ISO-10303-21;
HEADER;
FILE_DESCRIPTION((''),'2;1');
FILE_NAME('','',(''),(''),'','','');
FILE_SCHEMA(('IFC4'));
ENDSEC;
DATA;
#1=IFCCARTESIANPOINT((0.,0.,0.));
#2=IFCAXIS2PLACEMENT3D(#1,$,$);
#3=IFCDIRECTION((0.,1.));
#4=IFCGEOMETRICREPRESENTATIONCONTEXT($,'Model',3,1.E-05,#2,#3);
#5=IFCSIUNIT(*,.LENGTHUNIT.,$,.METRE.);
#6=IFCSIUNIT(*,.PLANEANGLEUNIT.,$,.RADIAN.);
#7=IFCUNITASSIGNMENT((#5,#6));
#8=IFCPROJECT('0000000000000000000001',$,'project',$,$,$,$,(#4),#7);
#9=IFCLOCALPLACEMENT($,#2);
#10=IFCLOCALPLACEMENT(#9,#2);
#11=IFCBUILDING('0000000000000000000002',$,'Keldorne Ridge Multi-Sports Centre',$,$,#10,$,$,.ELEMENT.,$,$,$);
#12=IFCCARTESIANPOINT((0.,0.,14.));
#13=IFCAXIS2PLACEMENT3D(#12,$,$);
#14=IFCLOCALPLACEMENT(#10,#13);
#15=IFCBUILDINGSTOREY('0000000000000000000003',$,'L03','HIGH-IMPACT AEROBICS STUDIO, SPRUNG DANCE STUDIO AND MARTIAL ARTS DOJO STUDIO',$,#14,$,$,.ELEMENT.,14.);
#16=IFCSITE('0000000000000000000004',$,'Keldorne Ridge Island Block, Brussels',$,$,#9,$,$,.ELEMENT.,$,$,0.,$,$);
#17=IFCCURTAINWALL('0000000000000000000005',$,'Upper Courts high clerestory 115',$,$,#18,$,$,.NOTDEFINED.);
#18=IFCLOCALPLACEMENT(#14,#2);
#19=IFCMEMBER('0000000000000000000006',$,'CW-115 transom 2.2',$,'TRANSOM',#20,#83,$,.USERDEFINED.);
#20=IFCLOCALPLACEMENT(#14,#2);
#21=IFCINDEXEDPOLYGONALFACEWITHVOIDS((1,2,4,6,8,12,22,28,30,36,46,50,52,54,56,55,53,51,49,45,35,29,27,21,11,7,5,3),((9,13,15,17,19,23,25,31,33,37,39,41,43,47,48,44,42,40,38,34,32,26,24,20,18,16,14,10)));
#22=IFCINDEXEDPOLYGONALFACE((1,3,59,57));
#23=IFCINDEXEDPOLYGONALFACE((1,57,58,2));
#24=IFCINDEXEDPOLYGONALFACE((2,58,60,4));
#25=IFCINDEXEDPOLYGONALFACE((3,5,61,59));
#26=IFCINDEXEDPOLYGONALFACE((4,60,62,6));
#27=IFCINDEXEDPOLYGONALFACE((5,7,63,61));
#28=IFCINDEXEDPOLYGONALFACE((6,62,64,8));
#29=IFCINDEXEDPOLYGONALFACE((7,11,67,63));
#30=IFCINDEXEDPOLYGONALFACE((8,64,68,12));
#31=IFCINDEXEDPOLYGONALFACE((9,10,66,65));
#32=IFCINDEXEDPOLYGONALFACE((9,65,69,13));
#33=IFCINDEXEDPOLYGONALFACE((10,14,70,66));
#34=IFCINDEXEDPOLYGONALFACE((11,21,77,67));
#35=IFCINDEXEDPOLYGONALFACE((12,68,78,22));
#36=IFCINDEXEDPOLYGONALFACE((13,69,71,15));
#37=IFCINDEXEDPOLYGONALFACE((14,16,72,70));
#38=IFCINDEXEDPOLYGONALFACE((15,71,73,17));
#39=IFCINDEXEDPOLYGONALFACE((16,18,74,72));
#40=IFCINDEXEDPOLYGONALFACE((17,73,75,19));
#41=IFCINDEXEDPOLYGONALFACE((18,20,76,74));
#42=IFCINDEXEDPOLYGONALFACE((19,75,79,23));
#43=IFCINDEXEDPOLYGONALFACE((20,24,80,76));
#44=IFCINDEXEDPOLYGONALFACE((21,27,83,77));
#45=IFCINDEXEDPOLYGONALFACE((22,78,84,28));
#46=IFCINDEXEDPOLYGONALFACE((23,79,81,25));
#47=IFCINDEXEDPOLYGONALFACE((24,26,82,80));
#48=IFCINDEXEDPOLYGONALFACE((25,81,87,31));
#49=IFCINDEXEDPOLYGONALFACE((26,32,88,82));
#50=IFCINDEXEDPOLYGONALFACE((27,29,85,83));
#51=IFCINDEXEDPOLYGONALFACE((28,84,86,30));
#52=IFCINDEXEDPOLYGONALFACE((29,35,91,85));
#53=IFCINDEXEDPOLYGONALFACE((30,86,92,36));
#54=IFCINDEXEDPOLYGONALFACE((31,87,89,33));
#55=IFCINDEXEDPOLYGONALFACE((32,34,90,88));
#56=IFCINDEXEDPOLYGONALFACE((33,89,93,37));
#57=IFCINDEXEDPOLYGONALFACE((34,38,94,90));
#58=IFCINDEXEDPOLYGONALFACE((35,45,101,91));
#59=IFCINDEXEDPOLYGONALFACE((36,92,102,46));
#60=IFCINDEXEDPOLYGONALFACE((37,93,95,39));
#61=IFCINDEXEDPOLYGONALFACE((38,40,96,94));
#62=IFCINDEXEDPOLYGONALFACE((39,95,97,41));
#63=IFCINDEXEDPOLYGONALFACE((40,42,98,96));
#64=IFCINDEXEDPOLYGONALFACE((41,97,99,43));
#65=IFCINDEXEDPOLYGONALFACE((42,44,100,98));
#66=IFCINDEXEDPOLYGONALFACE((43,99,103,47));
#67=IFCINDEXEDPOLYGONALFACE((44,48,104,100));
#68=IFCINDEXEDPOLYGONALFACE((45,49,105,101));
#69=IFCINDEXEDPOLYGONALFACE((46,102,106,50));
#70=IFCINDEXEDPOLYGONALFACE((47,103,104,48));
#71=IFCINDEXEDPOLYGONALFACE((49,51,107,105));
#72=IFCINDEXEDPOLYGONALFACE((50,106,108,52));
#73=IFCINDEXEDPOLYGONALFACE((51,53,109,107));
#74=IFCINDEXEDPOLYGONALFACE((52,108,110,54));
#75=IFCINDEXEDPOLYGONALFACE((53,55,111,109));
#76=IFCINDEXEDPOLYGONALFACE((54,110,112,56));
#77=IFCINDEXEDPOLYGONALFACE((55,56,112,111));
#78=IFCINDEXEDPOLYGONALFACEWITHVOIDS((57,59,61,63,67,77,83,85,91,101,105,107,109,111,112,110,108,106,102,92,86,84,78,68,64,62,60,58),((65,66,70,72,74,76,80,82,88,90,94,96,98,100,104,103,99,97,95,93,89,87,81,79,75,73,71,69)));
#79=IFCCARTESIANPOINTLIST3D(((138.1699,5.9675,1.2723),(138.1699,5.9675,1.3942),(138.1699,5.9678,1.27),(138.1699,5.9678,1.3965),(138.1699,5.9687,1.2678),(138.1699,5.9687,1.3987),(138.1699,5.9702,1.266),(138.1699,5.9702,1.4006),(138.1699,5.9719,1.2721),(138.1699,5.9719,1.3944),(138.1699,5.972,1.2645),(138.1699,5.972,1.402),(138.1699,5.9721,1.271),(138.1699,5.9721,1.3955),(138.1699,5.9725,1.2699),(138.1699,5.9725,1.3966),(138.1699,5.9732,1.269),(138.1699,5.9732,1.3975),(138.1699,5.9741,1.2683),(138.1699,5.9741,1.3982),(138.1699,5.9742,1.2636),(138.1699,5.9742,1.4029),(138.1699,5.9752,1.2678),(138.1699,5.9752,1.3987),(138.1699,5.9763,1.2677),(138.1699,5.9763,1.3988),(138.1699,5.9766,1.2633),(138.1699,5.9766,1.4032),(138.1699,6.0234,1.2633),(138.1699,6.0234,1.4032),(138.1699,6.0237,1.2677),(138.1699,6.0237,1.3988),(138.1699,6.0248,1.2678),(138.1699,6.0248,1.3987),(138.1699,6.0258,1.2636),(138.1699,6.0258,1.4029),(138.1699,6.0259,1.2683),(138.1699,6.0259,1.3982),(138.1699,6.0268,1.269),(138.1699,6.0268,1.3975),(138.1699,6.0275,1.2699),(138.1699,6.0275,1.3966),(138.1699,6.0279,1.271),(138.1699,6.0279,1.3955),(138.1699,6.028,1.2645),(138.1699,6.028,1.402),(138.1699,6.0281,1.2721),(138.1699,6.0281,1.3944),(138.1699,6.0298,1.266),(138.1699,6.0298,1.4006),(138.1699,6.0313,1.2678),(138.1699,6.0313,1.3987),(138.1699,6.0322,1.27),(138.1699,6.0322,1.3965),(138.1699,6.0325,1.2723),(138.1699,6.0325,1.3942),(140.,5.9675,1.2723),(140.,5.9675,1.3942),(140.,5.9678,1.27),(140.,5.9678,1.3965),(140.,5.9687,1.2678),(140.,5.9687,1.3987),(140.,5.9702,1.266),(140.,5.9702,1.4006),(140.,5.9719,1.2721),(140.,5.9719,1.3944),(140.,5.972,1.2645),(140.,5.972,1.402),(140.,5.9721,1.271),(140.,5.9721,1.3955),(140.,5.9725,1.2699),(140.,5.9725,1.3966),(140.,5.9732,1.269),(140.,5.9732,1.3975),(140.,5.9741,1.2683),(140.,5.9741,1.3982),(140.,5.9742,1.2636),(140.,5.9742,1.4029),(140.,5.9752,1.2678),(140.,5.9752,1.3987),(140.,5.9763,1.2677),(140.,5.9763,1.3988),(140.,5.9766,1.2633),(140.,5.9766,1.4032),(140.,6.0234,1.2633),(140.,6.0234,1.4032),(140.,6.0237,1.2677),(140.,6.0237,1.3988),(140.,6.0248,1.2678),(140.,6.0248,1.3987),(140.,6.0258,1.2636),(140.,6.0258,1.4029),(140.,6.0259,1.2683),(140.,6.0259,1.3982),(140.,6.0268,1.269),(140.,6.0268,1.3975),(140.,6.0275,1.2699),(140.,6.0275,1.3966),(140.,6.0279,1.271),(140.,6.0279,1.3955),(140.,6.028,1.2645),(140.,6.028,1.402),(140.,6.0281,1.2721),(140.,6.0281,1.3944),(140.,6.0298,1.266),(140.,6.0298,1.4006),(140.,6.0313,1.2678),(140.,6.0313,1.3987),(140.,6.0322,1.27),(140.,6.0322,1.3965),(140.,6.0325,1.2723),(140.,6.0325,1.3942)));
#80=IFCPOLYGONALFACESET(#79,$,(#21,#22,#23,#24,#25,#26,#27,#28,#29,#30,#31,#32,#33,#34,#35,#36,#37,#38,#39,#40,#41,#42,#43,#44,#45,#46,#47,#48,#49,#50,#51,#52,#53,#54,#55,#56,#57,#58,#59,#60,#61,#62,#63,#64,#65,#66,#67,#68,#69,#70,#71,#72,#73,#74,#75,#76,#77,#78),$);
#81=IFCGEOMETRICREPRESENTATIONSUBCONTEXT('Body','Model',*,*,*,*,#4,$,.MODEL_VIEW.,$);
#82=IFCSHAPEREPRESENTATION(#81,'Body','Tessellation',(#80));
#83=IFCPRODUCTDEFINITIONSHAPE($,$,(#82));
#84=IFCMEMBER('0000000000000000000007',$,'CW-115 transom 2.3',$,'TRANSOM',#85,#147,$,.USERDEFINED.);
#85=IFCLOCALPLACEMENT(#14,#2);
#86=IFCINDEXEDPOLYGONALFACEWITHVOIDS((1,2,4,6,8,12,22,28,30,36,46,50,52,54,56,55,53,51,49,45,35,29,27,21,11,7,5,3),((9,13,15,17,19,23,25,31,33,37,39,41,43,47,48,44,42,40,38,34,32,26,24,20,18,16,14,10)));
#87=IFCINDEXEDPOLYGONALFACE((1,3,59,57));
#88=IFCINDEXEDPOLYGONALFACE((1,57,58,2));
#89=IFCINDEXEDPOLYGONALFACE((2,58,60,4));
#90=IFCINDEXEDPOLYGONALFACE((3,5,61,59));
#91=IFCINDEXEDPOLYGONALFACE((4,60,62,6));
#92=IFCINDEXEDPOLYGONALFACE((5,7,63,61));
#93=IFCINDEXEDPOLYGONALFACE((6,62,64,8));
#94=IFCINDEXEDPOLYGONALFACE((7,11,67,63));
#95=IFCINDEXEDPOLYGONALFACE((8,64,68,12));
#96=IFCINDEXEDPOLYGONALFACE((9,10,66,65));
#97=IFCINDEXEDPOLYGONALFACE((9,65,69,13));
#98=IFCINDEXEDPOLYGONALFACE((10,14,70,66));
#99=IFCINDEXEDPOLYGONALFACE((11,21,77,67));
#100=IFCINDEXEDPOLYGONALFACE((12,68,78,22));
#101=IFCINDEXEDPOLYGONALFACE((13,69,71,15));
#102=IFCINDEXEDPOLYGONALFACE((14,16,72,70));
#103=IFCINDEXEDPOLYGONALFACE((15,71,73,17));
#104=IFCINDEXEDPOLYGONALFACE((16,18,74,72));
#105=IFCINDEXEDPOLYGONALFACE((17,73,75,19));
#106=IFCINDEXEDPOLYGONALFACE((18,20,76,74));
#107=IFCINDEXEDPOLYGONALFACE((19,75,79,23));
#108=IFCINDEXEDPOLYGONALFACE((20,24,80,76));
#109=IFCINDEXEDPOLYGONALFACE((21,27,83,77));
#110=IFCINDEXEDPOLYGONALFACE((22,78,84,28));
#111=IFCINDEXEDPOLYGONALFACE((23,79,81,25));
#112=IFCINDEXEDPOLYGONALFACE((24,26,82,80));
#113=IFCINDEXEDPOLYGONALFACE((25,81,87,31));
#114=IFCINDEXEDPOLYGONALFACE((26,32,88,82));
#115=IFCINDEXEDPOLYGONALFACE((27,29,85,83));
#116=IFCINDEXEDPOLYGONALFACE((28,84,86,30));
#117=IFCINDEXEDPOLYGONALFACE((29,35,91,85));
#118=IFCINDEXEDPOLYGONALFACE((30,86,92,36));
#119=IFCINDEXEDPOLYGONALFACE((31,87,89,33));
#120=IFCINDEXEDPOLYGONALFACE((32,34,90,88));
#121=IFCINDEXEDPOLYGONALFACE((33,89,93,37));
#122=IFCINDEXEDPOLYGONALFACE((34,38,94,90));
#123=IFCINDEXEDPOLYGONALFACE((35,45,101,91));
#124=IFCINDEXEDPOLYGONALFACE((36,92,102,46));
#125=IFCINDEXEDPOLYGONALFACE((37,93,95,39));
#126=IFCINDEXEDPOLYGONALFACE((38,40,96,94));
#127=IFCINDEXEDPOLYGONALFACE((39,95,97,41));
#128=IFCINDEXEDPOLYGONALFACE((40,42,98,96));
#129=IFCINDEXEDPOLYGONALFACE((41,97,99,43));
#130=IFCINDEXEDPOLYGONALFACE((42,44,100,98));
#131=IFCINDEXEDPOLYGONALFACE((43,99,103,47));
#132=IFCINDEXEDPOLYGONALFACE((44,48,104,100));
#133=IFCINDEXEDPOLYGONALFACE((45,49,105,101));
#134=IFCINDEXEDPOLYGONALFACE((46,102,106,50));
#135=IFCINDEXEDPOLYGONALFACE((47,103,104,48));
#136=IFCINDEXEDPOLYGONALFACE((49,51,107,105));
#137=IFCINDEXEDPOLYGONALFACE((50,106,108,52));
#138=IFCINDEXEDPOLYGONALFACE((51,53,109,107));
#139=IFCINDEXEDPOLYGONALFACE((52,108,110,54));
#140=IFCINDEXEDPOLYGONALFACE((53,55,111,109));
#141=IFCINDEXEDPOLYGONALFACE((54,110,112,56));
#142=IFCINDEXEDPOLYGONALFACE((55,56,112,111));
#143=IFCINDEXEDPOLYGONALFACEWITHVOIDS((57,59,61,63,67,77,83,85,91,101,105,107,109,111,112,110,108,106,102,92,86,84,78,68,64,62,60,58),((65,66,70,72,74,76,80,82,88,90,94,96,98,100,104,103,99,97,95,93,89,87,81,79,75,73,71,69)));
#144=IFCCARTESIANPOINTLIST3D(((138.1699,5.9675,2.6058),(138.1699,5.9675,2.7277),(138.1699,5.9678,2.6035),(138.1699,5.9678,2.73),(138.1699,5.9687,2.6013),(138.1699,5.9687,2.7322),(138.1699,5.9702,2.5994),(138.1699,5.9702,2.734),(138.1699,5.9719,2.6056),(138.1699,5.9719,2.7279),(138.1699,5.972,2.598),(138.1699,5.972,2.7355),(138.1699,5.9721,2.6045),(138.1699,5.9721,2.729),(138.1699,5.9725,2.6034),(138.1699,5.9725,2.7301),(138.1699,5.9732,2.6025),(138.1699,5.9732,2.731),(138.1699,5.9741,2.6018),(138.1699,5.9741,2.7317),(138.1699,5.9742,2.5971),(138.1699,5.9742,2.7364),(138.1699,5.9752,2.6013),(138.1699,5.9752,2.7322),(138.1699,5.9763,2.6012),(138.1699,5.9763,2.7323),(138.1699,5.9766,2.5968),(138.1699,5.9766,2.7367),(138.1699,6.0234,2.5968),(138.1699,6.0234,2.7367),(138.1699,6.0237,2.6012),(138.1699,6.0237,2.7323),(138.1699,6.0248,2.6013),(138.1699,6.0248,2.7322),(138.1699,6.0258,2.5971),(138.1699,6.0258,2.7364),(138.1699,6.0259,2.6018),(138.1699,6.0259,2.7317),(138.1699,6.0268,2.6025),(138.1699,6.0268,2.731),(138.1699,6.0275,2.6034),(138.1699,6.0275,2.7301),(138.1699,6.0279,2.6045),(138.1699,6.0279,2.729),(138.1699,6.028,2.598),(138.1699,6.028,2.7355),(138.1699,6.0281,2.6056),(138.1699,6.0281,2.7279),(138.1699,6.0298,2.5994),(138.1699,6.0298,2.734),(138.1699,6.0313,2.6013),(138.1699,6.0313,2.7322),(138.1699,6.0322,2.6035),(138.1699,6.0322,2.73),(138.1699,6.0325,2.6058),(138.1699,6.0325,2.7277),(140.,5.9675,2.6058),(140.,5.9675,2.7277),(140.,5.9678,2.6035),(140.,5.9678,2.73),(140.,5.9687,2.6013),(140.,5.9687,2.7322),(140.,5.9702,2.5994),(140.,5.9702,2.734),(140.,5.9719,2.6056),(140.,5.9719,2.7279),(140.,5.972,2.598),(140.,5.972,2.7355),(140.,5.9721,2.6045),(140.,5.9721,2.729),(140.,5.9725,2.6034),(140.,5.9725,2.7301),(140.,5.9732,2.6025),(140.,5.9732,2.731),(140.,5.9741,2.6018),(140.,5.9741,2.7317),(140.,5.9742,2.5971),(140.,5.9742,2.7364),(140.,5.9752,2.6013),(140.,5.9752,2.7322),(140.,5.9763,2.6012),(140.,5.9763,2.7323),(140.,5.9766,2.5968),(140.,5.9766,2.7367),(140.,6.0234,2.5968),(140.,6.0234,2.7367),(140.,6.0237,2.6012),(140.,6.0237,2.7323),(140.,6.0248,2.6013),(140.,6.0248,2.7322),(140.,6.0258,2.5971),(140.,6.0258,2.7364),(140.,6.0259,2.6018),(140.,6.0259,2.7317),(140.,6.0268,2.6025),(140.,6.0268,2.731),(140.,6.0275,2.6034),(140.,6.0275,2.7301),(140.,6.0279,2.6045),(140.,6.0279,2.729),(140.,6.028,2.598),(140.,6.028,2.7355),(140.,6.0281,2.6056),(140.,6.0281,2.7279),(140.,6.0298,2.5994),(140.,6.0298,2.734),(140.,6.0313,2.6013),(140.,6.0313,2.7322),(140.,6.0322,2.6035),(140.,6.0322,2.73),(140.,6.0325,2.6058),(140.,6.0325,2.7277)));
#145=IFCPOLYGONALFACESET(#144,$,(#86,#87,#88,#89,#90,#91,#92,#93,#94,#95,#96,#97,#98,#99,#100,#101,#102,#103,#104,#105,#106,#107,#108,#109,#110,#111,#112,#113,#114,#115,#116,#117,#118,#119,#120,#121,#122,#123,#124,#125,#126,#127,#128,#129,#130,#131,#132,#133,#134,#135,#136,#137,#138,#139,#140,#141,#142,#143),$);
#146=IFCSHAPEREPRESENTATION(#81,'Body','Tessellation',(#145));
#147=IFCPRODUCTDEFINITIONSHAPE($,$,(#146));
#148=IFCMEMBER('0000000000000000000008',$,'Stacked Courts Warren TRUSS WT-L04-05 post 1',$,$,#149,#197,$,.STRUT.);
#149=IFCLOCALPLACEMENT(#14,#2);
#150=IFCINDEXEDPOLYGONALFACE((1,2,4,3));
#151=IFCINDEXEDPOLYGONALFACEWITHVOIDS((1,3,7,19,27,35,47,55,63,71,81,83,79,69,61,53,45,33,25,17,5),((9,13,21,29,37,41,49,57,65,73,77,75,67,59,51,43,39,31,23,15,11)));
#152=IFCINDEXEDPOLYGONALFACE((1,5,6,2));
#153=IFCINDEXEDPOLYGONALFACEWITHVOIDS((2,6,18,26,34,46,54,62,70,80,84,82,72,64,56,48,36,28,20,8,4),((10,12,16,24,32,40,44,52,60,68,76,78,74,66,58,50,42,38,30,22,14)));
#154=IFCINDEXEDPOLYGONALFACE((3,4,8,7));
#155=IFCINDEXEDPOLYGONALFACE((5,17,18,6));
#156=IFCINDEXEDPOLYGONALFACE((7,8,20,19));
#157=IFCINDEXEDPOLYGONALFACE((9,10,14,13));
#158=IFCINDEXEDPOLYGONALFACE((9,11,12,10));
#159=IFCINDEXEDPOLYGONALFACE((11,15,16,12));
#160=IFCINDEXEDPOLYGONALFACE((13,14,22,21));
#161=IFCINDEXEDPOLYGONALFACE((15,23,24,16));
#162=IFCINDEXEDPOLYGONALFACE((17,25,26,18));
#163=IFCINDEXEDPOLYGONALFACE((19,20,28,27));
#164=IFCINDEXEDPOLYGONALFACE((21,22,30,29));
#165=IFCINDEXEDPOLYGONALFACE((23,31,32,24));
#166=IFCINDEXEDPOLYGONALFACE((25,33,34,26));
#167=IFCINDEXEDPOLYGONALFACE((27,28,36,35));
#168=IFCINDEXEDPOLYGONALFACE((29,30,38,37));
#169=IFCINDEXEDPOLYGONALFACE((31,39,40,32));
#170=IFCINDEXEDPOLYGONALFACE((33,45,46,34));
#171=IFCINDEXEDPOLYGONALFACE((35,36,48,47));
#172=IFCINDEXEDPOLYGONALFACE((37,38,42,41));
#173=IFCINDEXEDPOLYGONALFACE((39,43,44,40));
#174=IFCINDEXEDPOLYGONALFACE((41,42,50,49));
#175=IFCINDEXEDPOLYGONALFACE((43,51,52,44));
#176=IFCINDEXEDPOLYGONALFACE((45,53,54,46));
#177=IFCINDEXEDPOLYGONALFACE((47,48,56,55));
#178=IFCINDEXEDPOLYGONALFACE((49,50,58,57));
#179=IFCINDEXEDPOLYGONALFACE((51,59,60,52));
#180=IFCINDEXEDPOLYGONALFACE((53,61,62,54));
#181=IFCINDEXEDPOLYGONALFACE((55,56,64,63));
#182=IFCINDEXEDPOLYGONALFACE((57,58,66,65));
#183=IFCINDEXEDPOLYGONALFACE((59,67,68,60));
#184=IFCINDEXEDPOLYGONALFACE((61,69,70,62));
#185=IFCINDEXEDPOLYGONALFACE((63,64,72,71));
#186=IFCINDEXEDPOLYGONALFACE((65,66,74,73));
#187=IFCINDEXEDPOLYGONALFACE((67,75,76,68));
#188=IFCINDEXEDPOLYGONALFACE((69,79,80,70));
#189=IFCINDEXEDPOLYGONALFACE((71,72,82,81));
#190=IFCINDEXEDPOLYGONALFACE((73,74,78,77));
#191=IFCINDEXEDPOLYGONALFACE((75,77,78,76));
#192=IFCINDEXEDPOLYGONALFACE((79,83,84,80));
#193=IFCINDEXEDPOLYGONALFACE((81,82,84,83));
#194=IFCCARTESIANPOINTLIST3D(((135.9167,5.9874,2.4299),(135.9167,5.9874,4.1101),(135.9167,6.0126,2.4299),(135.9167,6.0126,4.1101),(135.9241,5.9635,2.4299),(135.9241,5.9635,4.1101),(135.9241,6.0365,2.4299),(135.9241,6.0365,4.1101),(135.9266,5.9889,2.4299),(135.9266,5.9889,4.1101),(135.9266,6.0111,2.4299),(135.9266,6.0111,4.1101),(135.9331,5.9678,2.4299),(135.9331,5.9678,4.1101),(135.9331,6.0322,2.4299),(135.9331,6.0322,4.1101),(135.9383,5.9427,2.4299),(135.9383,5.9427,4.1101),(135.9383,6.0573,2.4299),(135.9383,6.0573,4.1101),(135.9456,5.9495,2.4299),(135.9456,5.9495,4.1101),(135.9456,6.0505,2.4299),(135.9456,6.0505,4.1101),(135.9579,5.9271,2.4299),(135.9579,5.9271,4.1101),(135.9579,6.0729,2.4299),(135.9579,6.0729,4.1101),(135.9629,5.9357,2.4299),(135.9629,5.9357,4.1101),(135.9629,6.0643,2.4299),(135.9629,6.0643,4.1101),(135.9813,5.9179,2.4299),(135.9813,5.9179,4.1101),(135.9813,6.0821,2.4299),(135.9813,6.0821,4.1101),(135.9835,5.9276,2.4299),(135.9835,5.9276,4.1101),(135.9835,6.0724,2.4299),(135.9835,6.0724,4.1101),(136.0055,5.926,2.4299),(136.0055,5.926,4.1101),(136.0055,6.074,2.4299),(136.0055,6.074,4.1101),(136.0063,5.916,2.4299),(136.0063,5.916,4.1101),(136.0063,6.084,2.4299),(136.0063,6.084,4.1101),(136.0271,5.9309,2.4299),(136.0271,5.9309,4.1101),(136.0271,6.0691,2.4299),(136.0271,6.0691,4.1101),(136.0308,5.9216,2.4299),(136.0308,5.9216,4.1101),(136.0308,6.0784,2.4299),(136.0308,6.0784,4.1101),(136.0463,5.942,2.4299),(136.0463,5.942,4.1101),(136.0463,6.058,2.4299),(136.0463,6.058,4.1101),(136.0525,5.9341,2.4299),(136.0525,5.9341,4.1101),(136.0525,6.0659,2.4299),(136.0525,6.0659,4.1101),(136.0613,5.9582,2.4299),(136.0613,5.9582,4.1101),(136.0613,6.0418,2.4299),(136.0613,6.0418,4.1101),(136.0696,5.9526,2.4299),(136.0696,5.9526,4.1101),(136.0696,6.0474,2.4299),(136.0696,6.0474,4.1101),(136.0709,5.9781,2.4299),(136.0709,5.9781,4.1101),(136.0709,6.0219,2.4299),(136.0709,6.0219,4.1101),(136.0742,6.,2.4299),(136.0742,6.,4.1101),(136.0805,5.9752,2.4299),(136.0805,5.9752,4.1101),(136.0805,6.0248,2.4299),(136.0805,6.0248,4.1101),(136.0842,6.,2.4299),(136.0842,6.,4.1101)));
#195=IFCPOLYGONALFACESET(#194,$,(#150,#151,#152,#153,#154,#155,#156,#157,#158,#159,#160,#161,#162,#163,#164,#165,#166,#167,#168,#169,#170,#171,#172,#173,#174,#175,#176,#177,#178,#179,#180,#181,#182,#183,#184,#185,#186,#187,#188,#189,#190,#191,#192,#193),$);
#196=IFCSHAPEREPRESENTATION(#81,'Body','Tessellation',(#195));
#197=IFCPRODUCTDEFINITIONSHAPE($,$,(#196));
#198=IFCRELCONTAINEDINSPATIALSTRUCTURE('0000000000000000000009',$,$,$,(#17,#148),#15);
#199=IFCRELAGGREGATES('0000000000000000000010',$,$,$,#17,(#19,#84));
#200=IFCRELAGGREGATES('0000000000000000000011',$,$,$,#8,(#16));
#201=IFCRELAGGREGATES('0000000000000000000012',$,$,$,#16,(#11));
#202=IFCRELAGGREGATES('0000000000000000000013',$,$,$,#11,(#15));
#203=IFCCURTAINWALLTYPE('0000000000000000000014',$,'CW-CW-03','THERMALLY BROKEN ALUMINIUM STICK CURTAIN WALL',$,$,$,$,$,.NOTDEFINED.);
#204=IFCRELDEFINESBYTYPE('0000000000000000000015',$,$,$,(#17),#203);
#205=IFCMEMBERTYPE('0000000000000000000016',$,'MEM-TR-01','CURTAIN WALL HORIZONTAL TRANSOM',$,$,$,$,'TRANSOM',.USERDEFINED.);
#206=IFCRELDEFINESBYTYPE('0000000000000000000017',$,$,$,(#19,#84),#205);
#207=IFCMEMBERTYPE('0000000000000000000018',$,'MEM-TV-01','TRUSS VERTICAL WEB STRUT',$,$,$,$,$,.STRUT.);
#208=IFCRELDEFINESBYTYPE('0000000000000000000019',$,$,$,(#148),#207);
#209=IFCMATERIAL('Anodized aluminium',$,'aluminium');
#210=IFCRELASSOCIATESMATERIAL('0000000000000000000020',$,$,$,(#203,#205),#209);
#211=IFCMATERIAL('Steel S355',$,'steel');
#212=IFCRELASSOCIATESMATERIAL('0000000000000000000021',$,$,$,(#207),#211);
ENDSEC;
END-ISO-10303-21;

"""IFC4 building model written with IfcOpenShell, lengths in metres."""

from ifc_helpers import new_model, si_unit, direction, frame, origin, origin_2d, place, context, subcontext, project, spatial, hollow_rectangle, hollow_circle, extrude, material, material_profile, profile_set, type_object, element, aggregate, save


model = new_model("IFC4")

# Units and contexts
model_context = context("Model", 3, precision=1e-05, world=origin(), true_north=direction((0.0, 1.0)))
body_context = subcontext(model_context, "Body", "Model", "MODEL_VIEW")
ifc_project = project(units=[si_unit("LENGTHUNIT", "METRE"), si_unit("PLANEANGLEUNIT", "RADIAN")], contexts=[model_context])

# Site, building, storey
site_placement = place(None, origin())
site = spatial("IfcSite", under=ifc_project, at=site_placement, Name="Keldorne Ridge Island Block, Brussels", CompositionType="ELEMENT", RefElevation=0.0)
building_placement = place(site_placement, origin())
building = spatial("IfcBuilding", under=site, at=building_placement, Name="Keldorne Ridge Multi-Sports Centre", CompositionType="ELEMENT")
storey_placement = place(building_placement, frame((0.0, 0.0, 14.0)))
storey = spatial("IfcBuildingStorey", under=building, at=storey_placement, Name="L03", Description="HIGH-IMPACT AEROBICS STUDIO, SPRUNG DANCE STUDIO AND MARTIAL ARTS DOJO STUDIO", CompositionType="ELEMENT", Elevation=14.0)

# Shared definitions
ifc_material_1 = material(Name="Steel S355", Category="steel")

# Curtain wall
ifc_material_2 = material(Name="Anodized aluminium", Category="aluminium")
curtain_wall_type = type_object("IfcCurtainWallType", Name="CW-CW-03", Description="THERMALLY BROKEN ALUMINIUM STICK CURTAIN WALL", PredefinedType="NOTDEFINED", material=ifc_material_2)
curtain_wall_placement = place(storey_placement, origin())
curtain_wall = element("IfcCurtainWall", 1, at=curtain_wall_placement, inside=storey, type_object=curtain_wall_type, Name="Upper Courts high clerestory 115", PredefinedType="NOTDEFINED")

# Members
ifc_material_profile_1 = material_profile(ifc_material_2, hollow_rectangle(XDim=0.0649, YDim=0.1399, WallThickness=0.0044, InnerFilletRadius=0.0044, OuterFilletRadius=0.009, at=origin_2d()), Name="ALU TRANSOM 140x65x4.5")
ifc_profile_set_1 = profile_set([ifc_material_profile_1], Name="Anodized aluminium")
member_type_1 = type_object("IfcMemberType", Name="MEM-TR-01", Description="CURTAIN WALL HORIZONTAL TRANSOM", ElementType="TRANSOM", PredefinedType="USERDEFINED", material=ifc_profile_set_1)
member_1_placement = place(storey_placement, frame((138.1699, 6.0, 1.3333), z_axis=(1.0, 0.0, 0.0), x_axis=(0.0, 1.0, 0.0)))
member_1 = element("IfcMember", 2, at=member_1_placement, type_object=member_type_1, Name="CW-115 transom 2.2", ObjectType="TRANSOM", PredefinedType="USERDEFINED", context=body_context, shape_type="SweptSolid", body=[
    extrude(hollow_rectangle(XDim=0.0649, YDim=0.1399, WallThickness=0.0044, InnerFilletRadius=0.0044, OuterFilletRadius=0.009, at=origin_2d()), origin(), (0.0, 0.0, 1.0), 1.8301),
])
member_2_placement = place(storey_placement, frame((138.1699, 6.0, 2.6667), z_axis=(1.0, 0.0, 0.0), x_axis=(0.0, 1.0, 0.0)))
member_2 = element("IfcMember", 3, at=member_2_placement, type_object=member_type_1, Name="CW-115 transom 2.3", ObjectType="TRANSOM", PredefinedType="USERDEFINED", context=body_context, shape_type="SweptSolid", body=[
    extrude(hollow_rectangle(XDim=0.0649, YDim=0.1399, WallThickness=0.0044, InnerFilletRadius=0.0044, OuterFilletRadius=0.009, at=origin_2d()), origin(), (0.0, 0.0, 1.0), 1.8301),
])

# Member
ifc_material_profile_2 = material_profile(ifc_material_1, hollow_circle(Radius=0.0842, WallThickness=0.01, at=origin_2d()), Name="CHS 168.3x10")
ifc_profile_set_2 = profile_set([ifc_material_profile_2], Name="Steel S355")
member_type_2 = type_object("IfcMemberType", Name="MEM-TV-01", Description="TRUSS VERTICAL WEB STRUT", PredefinedType="STRUT", material=ifc_profile_set_2)
for number, where, z_axis, x_axis, name in (
    (4, (136.0, 6.0, 2.4299), (0.0, 0.0, 1.0), (1.0, 0.0, 0.0), "Stacked Courts Warren TRUSS WT-L04-05 post 1"),
):
    element("IfcMember", number, at=place(storey_placement, frame(where, z_axis=z_axis, x_axis=x_axis)), inside=storey, type_object=member_type_2, Name=name, PredefinedType="STRUT", context=body_context, shape_type="SweptSolid", body=[
        extrude(hollow_circle(Radius=0.0842, WallThickness=0.01, at=origin_2d()), origin(), (0.0, 0.0, 1.0), 1.6802),
    ])

aggregate(curtain_wall, [member_1, member_2])

save(model, "model.ifc")
